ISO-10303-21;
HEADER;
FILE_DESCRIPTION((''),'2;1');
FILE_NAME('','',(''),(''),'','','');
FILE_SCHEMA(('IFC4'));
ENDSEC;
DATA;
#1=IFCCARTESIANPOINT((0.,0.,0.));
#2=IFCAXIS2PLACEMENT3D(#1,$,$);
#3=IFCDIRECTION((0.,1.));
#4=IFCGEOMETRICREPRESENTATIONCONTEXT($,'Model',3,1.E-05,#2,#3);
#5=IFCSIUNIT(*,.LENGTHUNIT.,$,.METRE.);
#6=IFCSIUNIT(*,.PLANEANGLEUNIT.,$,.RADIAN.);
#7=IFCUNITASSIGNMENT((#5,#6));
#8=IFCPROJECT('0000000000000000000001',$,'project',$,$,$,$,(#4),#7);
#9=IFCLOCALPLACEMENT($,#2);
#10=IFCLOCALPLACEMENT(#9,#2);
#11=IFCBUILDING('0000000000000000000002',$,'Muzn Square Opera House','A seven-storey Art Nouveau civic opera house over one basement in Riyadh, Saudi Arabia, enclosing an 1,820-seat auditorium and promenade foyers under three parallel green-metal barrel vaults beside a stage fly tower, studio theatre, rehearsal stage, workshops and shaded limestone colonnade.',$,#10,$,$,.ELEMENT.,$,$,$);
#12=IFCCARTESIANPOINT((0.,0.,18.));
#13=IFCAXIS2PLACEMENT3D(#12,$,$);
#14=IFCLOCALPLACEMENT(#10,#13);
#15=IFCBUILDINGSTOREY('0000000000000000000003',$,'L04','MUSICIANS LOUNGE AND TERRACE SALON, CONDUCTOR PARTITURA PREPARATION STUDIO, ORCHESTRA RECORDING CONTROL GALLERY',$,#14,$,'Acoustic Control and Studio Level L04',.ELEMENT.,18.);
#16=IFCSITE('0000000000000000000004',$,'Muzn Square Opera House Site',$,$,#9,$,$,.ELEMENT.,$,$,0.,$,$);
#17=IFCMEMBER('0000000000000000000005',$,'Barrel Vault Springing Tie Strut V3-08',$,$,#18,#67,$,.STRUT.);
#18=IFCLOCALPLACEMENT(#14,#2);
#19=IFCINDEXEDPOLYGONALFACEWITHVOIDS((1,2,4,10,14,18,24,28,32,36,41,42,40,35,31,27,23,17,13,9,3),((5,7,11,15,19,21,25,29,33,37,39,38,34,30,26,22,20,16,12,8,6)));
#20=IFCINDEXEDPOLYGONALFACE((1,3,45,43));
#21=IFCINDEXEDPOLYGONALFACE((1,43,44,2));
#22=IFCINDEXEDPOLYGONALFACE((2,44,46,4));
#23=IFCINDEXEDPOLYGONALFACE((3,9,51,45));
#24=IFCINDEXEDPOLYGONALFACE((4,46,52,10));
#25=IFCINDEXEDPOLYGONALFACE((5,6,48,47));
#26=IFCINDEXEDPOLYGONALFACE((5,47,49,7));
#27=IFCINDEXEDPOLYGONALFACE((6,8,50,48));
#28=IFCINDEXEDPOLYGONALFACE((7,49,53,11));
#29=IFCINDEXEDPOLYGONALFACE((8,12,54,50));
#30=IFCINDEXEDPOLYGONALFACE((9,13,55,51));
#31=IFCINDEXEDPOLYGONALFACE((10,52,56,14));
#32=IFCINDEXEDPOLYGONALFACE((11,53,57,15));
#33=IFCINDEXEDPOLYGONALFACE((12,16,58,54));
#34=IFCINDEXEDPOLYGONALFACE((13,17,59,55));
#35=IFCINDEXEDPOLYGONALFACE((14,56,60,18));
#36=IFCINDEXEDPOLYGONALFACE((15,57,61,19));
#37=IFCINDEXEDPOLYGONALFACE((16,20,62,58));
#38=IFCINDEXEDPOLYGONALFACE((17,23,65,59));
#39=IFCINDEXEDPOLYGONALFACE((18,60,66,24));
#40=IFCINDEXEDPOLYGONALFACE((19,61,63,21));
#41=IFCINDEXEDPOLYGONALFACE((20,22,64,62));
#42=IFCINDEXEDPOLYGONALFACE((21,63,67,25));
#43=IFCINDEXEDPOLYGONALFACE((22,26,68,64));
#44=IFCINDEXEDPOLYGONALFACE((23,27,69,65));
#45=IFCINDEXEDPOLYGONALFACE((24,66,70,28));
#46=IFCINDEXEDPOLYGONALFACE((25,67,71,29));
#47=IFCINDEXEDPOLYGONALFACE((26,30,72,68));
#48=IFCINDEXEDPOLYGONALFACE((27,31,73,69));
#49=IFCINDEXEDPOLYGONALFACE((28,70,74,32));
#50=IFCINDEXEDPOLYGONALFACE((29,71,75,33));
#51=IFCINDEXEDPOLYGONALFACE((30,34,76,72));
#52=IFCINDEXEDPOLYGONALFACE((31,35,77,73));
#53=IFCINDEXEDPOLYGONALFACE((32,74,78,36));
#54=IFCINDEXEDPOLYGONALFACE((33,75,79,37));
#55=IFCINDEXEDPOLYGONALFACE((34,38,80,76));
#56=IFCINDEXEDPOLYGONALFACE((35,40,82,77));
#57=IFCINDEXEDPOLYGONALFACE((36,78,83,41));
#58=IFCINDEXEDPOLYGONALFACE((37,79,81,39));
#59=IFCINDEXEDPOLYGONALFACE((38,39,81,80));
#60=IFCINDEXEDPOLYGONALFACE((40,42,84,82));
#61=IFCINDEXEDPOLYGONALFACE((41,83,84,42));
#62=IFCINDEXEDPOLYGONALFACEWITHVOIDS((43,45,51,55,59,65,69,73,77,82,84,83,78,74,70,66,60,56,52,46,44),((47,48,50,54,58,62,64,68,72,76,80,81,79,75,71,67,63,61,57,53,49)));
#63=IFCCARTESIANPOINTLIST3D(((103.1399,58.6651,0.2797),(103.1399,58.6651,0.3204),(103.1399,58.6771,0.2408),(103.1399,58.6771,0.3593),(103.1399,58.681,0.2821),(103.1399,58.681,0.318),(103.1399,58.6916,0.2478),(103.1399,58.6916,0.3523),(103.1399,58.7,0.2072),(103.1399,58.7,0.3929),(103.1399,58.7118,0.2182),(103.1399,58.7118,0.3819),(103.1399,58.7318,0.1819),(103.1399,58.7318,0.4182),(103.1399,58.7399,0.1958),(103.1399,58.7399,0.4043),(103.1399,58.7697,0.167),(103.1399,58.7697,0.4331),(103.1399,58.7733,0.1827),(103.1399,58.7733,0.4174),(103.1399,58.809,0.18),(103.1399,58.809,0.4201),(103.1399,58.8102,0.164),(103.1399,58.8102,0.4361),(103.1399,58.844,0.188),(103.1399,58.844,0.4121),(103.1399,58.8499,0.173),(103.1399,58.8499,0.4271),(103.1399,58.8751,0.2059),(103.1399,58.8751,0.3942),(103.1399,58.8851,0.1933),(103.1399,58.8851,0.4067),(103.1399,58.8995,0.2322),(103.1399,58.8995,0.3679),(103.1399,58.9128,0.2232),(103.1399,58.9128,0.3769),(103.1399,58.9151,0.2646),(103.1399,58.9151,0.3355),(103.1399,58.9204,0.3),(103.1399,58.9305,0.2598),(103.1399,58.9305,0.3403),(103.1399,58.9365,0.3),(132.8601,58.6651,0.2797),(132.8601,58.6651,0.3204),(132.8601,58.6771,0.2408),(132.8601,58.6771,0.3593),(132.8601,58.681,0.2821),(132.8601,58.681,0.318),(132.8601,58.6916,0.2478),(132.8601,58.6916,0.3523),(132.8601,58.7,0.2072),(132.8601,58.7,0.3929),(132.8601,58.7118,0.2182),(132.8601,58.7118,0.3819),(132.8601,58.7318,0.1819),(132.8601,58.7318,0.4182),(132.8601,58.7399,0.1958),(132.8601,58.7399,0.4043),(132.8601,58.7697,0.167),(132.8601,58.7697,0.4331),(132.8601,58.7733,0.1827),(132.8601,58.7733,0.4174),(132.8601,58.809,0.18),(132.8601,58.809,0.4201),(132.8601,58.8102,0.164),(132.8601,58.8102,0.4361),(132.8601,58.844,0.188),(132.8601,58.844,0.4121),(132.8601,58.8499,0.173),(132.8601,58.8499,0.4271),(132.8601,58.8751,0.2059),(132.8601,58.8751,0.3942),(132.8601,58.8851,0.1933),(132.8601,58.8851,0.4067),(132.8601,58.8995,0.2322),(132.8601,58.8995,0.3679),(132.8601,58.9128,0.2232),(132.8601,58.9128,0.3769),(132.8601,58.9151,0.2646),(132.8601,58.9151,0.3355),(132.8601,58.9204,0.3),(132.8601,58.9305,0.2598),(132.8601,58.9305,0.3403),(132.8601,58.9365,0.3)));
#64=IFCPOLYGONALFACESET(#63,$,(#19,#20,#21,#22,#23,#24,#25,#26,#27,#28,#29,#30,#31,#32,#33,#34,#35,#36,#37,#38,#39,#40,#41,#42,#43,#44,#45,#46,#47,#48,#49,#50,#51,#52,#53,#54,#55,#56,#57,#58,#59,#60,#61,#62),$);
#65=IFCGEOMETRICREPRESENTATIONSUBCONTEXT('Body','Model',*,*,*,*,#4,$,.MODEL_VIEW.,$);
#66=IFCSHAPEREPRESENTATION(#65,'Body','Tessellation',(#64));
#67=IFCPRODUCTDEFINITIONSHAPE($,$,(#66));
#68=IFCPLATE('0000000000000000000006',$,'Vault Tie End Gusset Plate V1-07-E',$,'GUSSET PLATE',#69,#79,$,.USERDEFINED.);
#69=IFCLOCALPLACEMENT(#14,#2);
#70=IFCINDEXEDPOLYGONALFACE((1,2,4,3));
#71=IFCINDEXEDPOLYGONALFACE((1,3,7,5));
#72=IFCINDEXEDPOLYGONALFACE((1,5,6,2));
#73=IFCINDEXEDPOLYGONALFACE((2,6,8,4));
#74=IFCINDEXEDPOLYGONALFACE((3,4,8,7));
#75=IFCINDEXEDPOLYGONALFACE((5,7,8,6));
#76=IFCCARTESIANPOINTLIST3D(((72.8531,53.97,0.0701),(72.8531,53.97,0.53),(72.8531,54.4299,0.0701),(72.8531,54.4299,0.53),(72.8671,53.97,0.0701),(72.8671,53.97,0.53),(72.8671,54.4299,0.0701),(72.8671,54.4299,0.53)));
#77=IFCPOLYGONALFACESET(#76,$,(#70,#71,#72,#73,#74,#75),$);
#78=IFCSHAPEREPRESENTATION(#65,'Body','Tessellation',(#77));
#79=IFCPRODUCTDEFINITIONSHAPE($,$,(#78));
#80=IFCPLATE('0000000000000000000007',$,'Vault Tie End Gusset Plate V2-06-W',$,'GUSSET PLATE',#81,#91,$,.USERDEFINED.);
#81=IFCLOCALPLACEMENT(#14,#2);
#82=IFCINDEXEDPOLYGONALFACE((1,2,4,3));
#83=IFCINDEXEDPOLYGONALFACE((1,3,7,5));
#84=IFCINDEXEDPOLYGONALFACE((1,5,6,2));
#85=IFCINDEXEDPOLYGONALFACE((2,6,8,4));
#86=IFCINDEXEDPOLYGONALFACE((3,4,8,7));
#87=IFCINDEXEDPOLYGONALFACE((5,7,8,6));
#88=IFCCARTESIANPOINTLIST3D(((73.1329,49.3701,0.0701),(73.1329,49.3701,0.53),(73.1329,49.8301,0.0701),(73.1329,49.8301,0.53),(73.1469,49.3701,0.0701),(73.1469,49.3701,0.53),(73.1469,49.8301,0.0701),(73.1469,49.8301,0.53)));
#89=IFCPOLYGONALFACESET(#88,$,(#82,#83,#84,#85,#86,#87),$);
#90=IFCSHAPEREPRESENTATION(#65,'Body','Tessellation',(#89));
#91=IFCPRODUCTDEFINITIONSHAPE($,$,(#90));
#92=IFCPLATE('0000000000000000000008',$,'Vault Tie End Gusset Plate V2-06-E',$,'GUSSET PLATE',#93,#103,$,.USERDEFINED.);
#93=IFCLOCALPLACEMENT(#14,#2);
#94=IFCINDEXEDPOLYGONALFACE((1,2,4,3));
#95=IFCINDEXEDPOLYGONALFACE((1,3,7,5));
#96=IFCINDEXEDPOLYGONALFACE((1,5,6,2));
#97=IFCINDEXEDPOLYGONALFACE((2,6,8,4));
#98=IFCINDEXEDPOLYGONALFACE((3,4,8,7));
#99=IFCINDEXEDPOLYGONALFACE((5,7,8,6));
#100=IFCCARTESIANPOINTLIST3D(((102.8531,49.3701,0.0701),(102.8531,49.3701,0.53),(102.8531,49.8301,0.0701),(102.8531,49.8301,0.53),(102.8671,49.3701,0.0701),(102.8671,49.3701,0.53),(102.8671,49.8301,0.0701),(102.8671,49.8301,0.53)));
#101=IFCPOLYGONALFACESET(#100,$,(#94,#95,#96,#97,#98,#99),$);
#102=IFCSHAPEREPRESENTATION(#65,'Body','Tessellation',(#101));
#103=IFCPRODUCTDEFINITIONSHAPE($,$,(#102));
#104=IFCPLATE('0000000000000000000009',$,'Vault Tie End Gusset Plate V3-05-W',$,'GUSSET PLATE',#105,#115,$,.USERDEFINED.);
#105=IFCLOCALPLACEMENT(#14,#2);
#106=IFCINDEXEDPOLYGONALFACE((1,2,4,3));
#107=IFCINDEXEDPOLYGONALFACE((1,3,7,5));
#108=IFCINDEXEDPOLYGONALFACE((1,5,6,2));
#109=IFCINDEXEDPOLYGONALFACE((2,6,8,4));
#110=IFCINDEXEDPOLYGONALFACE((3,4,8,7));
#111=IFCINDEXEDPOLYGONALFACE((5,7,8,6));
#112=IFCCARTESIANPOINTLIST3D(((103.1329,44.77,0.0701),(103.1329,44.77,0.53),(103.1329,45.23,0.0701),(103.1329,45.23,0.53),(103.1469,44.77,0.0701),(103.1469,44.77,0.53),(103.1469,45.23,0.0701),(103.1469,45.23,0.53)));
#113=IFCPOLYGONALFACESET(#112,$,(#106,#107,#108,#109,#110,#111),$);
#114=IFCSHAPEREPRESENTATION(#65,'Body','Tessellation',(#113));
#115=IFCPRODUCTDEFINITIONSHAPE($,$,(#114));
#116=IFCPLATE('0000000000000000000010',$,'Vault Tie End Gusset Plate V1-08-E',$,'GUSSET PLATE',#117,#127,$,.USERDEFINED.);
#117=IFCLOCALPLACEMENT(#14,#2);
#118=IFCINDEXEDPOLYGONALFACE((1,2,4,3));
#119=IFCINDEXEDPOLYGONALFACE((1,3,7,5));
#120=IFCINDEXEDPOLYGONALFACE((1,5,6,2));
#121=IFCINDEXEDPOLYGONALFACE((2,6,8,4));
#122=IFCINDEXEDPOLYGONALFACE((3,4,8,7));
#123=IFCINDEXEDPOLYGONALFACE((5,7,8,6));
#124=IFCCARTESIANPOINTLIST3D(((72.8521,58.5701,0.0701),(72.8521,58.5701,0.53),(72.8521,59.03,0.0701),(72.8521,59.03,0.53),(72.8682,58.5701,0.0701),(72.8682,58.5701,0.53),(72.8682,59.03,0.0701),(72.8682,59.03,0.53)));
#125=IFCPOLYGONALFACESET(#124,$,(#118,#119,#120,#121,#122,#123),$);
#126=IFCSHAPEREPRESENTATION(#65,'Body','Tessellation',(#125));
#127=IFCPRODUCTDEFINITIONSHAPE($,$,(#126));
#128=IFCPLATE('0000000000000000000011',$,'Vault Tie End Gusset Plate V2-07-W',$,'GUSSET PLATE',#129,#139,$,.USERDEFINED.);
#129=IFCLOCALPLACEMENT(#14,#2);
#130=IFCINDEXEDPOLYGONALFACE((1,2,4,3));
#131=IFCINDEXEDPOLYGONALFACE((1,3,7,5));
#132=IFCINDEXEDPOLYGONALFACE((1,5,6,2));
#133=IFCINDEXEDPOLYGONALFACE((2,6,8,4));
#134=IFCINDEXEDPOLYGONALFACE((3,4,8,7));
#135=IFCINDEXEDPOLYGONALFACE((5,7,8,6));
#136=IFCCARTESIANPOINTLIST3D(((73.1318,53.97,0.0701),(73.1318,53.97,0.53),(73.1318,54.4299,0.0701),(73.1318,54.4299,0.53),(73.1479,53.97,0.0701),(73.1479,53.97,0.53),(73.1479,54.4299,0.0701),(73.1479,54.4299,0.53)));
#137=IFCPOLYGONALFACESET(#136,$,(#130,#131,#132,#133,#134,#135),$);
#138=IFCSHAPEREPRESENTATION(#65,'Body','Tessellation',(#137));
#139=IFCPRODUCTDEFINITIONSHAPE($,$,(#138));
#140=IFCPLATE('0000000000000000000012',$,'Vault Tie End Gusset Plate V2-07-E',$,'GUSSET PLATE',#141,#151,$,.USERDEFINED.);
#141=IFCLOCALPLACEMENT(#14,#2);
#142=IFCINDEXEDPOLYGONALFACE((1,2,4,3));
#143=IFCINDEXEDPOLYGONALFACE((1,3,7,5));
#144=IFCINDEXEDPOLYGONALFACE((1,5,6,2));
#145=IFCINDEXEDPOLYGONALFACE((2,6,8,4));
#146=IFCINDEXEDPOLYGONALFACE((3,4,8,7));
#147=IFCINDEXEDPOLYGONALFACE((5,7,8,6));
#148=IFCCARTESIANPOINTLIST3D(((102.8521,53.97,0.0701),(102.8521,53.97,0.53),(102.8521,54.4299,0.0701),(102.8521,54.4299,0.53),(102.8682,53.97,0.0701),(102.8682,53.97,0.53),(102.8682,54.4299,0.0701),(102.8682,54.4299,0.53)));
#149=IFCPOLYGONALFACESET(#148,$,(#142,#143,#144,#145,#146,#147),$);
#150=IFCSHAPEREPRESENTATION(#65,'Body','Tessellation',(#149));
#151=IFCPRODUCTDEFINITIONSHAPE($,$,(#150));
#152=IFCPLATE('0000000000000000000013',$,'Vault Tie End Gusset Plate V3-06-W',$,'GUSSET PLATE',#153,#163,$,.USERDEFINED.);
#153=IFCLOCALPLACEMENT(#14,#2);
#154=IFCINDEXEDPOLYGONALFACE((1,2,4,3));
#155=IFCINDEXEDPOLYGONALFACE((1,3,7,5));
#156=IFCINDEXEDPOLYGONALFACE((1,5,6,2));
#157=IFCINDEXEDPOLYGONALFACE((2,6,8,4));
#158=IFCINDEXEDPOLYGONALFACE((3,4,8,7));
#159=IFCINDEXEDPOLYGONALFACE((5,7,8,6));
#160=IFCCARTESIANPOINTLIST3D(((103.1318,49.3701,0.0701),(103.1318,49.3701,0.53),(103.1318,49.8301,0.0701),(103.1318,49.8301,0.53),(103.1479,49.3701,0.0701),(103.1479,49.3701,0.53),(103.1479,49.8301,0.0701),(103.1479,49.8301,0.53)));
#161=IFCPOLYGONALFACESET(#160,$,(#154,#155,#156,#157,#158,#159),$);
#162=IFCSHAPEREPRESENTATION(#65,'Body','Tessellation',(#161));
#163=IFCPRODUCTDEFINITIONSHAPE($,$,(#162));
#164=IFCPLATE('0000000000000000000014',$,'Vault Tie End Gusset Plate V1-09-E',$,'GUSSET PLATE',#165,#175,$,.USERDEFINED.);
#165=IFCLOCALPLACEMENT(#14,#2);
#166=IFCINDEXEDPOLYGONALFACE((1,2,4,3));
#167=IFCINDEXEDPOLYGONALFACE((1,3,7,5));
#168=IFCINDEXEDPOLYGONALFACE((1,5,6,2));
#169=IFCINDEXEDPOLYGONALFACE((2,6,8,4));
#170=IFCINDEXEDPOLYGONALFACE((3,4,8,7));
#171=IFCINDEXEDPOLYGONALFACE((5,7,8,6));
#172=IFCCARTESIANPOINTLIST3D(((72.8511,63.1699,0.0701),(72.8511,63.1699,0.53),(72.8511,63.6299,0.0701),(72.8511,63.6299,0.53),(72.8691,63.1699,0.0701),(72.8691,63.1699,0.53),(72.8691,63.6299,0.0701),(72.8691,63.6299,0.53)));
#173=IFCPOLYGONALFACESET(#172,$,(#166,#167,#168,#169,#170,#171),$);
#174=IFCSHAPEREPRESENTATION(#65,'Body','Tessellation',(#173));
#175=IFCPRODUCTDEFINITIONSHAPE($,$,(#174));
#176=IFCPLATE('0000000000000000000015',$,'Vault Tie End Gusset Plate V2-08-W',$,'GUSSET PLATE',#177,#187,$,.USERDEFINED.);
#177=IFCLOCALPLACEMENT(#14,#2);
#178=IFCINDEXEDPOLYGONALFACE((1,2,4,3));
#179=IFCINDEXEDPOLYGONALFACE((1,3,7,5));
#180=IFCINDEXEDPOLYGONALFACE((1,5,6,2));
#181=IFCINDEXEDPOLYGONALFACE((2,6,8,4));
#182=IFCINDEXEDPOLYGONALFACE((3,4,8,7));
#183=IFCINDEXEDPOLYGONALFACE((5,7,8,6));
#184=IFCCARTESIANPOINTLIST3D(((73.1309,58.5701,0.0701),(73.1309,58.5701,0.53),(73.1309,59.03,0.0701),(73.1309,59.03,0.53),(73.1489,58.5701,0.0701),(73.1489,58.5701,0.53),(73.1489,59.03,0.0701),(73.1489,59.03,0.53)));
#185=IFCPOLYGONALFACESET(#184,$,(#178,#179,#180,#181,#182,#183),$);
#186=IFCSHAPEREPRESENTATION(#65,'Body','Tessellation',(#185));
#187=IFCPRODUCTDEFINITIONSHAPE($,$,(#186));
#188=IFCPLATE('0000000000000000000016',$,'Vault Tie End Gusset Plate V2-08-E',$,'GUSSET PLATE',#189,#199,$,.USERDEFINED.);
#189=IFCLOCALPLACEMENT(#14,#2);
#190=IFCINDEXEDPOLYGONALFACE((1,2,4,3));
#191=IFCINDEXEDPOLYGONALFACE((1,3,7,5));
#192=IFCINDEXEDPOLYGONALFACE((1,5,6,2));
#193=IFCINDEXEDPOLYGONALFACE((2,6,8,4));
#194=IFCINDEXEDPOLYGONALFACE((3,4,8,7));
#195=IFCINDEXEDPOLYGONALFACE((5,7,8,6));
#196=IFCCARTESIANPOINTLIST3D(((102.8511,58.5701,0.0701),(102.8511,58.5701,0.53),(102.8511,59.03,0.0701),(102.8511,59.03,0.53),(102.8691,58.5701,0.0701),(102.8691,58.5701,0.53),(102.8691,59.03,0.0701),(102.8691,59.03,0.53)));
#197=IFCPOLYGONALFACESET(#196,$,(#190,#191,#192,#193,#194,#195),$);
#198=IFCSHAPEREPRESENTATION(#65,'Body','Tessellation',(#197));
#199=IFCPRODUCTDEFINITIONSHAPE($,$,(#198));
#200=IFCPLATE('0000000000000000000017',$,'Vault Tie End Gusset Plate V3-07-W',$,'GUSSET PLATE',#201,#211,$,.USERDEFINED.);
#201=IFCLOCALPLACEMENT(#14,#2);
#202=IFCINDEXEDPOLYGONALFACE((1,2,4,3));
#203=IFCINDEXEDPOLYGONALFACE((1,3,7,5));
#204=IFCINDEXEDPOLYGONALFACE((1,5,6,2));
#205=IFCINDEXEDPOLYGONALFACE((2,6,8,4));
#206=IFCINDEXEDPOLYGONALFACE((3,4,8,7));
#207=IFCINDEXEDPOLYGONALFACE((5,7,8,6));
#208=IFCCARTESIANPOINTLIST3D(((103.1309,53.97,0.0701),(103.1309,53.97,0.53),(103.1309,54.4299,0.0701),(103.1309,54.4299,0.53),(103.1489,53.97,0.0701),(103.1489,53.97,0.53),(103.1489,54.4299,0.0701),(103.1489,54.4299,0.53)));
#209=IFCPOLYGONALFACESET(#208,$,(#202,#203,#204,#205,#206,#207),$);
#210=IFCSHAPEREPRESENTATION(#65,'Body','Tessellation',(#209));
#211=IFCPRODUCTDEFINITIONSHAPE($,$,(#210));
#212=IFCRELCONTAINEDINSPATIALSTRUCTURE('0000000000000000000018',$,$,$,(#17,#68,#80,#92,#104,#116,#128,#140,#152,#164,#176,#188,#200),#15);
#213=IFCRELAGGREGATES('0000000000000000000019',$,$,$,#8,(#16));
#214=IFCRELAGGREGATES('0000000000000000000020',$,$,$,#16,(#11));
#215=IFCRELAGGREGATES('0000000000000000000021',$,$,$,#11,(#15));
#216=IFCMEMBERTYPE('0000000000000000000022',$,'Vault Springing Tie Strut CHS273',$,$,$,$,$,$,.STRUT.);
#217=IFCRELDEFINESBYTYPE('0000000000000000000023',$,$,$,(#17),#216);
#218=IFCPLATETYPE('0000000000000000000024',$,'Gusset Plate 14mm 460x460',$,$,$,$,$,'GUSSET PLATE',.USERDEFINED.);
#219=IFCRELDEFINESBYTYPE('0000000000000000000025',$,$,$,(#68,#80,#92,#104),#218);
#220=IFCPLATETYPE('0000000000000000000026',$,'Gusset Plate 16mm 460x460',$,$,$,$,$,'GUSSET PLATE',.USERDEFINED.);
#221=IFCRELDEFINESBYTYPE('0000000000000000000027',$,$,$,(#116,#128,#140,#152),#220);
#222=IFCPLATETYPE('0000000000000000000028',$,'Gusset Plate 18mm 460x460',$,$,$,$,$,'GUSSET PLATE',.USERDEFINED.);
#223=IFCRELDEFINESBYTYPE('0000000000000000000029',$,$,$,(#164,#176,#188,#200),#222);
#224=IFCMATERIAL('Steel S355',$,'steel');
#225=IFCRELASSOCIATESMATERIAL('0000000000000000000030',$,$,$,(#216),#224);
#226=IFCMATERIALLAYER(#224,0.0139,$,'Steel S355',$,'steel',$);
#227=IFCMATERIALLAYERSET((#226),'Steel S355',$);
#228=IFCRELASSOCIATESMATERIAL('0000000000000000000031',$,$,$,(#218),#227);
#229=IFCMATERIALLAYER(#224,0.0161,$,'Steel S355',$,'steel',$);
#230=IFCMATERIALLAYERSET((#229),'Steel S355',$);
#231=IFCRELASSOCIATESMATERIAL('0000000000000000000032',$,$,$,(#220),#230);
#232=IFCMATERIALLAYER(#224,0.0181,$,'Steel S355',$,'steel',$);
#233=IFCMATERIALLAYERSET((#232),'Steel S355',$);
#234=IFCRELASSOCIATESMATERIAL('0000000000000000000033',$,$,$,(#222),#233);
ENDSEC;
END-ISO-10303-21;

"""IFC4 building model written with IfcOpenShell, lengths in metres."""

from ifc_helpers import new_model, si_unit, direction, frame, origin, origin_2d, place, context, subcontext, project, spatial, rectangle, hollow_circle, extrude, material, layer, layer_set, material_profile, profile_set, type_object, element, save


model = new_model("IFC4")

# Units and contexts
model_context = context("Model", 3, precision=1e-05, world=origin(), true_north=direction((0.0, 1.0)))
body_context = subcontext(model_context, "Body", "Model", "MODEL_VIEW")
ifc_project = project(units=[si_unit("LENGTHUNIT", "METRE"), si_unit("PLANEANGLEUNIT", "RADIAN")], contexts=[model_context])

# Site, building, storey
site_placement = place(None, origin())
site = spatial("IfcSite", under=ifc_project, at=site_placement, Name="Muzn Square Opera House Site", CompositionType="ELEMENT", RefElevation=0.0)
building_placement = place(site_placement, origin())
building = spatial("IfcBuilding", under=site, at=building_placement, Name="Muzn Square Opera House", Description="A seven-storey Art Nouveau civic opera house over one basement in Riyadh, Saudi Arabia, enclosing an 1,820-seat auditorium and promenade foyers under three parallel green-metal barrel vaults beside a stage fly tower, studio theatre, rehearsal stage, workshops and shaded limestone colonnade.", CompositionType="ELEMENT")
storey_placement = place(building_placement, frame((0.0, 0.0, 18.0)))
storey = spatial("IfcBuildingStorey", under=building, at=storey_placement, Name="L04", Description="MUSICIANS LOUNGE AND TERRACE SALON, CONDUCTOR PARTITURA PREPARATION STUDIO, ORCHESTRA RECORDING CONTROL GALLERY", LongName="Acoustic Control and Studio Level L04", CompositionType="ELEMENT", Elevation=18.0)

# Shared definitions
ifc_material = material(Name="Steel S355", Category="steel")

# Member
ifc_material_profile_1 = material_profile(ifc_material, hollow_circle(Radius=0.1365, WallThickness=0.0161, at=origin_2d()), Name="CHS 273x16", Category="steel")
ifc_profile_set_1 = profile_set([ifc_material_profile_1], Name="Steel S355")
member_type = type_object("IfcMemberType", Name="Vault Springing Tie Strut CHS273", PredefinedType="STRUT", material=ifc_profile_set_1)
for number, where, z_axis, x_axis, name in (
    (1, (103.1399, 58.8, 0.3), (1.0, 0.0, 0.0), (0.0, 1.0, 0.0), "Barrel Vault Springing Tie Strut V3-08"),
):
    element("IfcMember", number, at=place(storey_placement, frame(where, z_axis=z_axis, x_axis=x_axis)), inside=storey, type_object=member_type, Name=name, PredefinedType="STRUT", context=body_context, shape_type="SweptSolid", body=[
        extrude(hollow_circle(Radius=0.1365, WallThickness=0.0161, at=origin_2d()), origin(), (0.0, 0.0, 1.0), 29.7202),
    ])

# Plates
ifc_layer_1 = layer(ifc_material, 0.0139, Name="Steel S355", Category="steel")
ifc_layer_set_1 = layer_set([ifc_layer_1], Name="Steel S355")
plate_type_1 = type_object("IfcPlateType", Name="Gusset Plate 14mm 460x460", ElementType="GUSSET PLATE", PredefinedType="USERDEFINED", material=ifc_layer_set_1)
for number, where, z_axis, x_axis, name in (
    (2, (72.8601, 54.2, 0.0701), (0.0, 0.0, 1.0), (1.0, 0.0, 0.0), "Vault Tie End Gusset Plate V1-07-E"),
    (3, (73.1399, 49.6001, 0.0701), (0.0, 0.0, 1.0), (1.0, 0.0, 0.0), "Vault Tie End Gusset Plate V2-06-W"),
    (4, (102.8601, 49.6001, 0.0701), (0.0, 0.0, 1.0), (1.0, 0.0, 0.0), "Vault Tie End Gusset Plate V2-06-E"),
    (5, (103.1399, 45.0, 0.0701), (0.0, 0.0, 1.0), (1.0, 0.0, 0.0), "Vault Tie End Gusset Plate V3-05-W"),
):
    element("IfcPlate", number, at=place(storey_placement, frame(where, z_axis=z_axis, x_axis=x_axis)), inside=storey, type_object=plate_type_1, Name=name, ObjectType="GUSSET PLATE", PredefinedType="USERDEFINED", context=body_context, shape_type="SweptSolid", body=[
        extrude(rectangle(XDim=0.0139, YDim=0.46, at=origin_2d()), origin(), (0.0, 0.0, 1.0), 0.46),
    ])
ifc_layer_2 = layer(ifc_material, 0.0161, Name="Steel S355", Category="steel")
ifc_layer_set_2 = layer_set([ifc_layer_2], Name="Steel S355")
plate_type_2 = type_object("IfcPlateType", Name="Gusset Plate 16mm 460x460", ElementType="GUSSET PLATE", PredefinedType="USERDEFINED", material=ifc_layer_set_2)
for number, where, z_axis, x_axis, name in (
    (6, (72.8601, 58.8, 0.0701), (0.0, 0.0, 1.0), (1.0, 0.0, 0.0), "Vault Tie End Gusset Plate V1-08-E"),
    (7, (73.1399, 54.2, 0.0701), (0.0, 0.0, 1.0), (1.0, 0.0, 0.0), "Vault Tie End Gusset Plate V2-07-W"),
    (8, (102.8601, 54.2, 0.0701), (0.0, 0.0, 1.0), (1.0, 0.0, 0.0), "Vault Tie End Gusset Plate V2-07-E"),
    (9, (103.1399, 49.6001, 0.0701), (0.0, 0.0, 1.0), (1.0, 0.0, 0.0), "Vault Tie End Gusset Plate V3-06-W"),
):
    element("IfcPlate", number, at=place(storey_placement, frame(where, z_axis=z_axis, x_axis=x_axis)), inside=storey, type_object=plate_type_2, Name=name, ObjectType="GUSSET PLATE", PredefinedType="USERDEFINED", context=body_context, shape_type="SweptSolid", body=[
        extrude(rectangle(XDim=0.0161, YDim=0.46, at=origin_2d()), origin(), (0.0, 0.0, 1.0), 0.46),
    ])
ifc_layer_3 = layer(ifc_material, 0.0181, Name="Steel S355", Category="steel")
ifc_layer_set_3 = layer_set([ifc_layer_3], Name="Steel S355")
plate_type_3 = type_object("IfcPlateType", Name="Gusset Plate 18mm 460x460", ElementType="GUSSET PLATE", PredefinedType="USERDEFINED", material=ifc_layer_set_3)
for number, where, z_axis, x_axis, name in (
    (10, (72.8601, 63.3999, 0.0701), (0.0, 0.0, 1.0), (1.0, 0.0, 0.0), "Vault Tie End Gusset Plate V1-09-E"),
    (11, (73.1399, 58.8, 0.0701), (0.0, 0.0, 1.0), (1.0, 0.0, 0.0), "Vault Tie End Gusset Plate V2-08-W"),
    (12, (102.8601, 58.8, 0.0701), (0.0, 0.0, 1.0), (1.0, 0.0, 0.0), "Vault Tie End Gusset Plate V2-08-E"),
    (13, (103.1399, 54.2, 0.0701), (0.0, 0.0, 1.0), (1.0, 0.0, 0.0), "Vault Tie End Gusset Plate V3-07-W"),
):
    element("IfcPlate", number, at=place(storey_placement, frame(where, z_axis=z_axis, x_axis=x_axis)), inside=storey, type_object=plate_type_3, Name=name, ObjectType="GUSSET PLATE", PredefinedType="USERDEFINED", context=body_context, shape_type="SweptSolid", body=[
        extrude(rectangle(XDim=0.0181, YDim=0.46, at=origin_2d()), origin(), (0.0, 0.0, 1.0), 0.46),
    ])

save(model, "model.ifc")
